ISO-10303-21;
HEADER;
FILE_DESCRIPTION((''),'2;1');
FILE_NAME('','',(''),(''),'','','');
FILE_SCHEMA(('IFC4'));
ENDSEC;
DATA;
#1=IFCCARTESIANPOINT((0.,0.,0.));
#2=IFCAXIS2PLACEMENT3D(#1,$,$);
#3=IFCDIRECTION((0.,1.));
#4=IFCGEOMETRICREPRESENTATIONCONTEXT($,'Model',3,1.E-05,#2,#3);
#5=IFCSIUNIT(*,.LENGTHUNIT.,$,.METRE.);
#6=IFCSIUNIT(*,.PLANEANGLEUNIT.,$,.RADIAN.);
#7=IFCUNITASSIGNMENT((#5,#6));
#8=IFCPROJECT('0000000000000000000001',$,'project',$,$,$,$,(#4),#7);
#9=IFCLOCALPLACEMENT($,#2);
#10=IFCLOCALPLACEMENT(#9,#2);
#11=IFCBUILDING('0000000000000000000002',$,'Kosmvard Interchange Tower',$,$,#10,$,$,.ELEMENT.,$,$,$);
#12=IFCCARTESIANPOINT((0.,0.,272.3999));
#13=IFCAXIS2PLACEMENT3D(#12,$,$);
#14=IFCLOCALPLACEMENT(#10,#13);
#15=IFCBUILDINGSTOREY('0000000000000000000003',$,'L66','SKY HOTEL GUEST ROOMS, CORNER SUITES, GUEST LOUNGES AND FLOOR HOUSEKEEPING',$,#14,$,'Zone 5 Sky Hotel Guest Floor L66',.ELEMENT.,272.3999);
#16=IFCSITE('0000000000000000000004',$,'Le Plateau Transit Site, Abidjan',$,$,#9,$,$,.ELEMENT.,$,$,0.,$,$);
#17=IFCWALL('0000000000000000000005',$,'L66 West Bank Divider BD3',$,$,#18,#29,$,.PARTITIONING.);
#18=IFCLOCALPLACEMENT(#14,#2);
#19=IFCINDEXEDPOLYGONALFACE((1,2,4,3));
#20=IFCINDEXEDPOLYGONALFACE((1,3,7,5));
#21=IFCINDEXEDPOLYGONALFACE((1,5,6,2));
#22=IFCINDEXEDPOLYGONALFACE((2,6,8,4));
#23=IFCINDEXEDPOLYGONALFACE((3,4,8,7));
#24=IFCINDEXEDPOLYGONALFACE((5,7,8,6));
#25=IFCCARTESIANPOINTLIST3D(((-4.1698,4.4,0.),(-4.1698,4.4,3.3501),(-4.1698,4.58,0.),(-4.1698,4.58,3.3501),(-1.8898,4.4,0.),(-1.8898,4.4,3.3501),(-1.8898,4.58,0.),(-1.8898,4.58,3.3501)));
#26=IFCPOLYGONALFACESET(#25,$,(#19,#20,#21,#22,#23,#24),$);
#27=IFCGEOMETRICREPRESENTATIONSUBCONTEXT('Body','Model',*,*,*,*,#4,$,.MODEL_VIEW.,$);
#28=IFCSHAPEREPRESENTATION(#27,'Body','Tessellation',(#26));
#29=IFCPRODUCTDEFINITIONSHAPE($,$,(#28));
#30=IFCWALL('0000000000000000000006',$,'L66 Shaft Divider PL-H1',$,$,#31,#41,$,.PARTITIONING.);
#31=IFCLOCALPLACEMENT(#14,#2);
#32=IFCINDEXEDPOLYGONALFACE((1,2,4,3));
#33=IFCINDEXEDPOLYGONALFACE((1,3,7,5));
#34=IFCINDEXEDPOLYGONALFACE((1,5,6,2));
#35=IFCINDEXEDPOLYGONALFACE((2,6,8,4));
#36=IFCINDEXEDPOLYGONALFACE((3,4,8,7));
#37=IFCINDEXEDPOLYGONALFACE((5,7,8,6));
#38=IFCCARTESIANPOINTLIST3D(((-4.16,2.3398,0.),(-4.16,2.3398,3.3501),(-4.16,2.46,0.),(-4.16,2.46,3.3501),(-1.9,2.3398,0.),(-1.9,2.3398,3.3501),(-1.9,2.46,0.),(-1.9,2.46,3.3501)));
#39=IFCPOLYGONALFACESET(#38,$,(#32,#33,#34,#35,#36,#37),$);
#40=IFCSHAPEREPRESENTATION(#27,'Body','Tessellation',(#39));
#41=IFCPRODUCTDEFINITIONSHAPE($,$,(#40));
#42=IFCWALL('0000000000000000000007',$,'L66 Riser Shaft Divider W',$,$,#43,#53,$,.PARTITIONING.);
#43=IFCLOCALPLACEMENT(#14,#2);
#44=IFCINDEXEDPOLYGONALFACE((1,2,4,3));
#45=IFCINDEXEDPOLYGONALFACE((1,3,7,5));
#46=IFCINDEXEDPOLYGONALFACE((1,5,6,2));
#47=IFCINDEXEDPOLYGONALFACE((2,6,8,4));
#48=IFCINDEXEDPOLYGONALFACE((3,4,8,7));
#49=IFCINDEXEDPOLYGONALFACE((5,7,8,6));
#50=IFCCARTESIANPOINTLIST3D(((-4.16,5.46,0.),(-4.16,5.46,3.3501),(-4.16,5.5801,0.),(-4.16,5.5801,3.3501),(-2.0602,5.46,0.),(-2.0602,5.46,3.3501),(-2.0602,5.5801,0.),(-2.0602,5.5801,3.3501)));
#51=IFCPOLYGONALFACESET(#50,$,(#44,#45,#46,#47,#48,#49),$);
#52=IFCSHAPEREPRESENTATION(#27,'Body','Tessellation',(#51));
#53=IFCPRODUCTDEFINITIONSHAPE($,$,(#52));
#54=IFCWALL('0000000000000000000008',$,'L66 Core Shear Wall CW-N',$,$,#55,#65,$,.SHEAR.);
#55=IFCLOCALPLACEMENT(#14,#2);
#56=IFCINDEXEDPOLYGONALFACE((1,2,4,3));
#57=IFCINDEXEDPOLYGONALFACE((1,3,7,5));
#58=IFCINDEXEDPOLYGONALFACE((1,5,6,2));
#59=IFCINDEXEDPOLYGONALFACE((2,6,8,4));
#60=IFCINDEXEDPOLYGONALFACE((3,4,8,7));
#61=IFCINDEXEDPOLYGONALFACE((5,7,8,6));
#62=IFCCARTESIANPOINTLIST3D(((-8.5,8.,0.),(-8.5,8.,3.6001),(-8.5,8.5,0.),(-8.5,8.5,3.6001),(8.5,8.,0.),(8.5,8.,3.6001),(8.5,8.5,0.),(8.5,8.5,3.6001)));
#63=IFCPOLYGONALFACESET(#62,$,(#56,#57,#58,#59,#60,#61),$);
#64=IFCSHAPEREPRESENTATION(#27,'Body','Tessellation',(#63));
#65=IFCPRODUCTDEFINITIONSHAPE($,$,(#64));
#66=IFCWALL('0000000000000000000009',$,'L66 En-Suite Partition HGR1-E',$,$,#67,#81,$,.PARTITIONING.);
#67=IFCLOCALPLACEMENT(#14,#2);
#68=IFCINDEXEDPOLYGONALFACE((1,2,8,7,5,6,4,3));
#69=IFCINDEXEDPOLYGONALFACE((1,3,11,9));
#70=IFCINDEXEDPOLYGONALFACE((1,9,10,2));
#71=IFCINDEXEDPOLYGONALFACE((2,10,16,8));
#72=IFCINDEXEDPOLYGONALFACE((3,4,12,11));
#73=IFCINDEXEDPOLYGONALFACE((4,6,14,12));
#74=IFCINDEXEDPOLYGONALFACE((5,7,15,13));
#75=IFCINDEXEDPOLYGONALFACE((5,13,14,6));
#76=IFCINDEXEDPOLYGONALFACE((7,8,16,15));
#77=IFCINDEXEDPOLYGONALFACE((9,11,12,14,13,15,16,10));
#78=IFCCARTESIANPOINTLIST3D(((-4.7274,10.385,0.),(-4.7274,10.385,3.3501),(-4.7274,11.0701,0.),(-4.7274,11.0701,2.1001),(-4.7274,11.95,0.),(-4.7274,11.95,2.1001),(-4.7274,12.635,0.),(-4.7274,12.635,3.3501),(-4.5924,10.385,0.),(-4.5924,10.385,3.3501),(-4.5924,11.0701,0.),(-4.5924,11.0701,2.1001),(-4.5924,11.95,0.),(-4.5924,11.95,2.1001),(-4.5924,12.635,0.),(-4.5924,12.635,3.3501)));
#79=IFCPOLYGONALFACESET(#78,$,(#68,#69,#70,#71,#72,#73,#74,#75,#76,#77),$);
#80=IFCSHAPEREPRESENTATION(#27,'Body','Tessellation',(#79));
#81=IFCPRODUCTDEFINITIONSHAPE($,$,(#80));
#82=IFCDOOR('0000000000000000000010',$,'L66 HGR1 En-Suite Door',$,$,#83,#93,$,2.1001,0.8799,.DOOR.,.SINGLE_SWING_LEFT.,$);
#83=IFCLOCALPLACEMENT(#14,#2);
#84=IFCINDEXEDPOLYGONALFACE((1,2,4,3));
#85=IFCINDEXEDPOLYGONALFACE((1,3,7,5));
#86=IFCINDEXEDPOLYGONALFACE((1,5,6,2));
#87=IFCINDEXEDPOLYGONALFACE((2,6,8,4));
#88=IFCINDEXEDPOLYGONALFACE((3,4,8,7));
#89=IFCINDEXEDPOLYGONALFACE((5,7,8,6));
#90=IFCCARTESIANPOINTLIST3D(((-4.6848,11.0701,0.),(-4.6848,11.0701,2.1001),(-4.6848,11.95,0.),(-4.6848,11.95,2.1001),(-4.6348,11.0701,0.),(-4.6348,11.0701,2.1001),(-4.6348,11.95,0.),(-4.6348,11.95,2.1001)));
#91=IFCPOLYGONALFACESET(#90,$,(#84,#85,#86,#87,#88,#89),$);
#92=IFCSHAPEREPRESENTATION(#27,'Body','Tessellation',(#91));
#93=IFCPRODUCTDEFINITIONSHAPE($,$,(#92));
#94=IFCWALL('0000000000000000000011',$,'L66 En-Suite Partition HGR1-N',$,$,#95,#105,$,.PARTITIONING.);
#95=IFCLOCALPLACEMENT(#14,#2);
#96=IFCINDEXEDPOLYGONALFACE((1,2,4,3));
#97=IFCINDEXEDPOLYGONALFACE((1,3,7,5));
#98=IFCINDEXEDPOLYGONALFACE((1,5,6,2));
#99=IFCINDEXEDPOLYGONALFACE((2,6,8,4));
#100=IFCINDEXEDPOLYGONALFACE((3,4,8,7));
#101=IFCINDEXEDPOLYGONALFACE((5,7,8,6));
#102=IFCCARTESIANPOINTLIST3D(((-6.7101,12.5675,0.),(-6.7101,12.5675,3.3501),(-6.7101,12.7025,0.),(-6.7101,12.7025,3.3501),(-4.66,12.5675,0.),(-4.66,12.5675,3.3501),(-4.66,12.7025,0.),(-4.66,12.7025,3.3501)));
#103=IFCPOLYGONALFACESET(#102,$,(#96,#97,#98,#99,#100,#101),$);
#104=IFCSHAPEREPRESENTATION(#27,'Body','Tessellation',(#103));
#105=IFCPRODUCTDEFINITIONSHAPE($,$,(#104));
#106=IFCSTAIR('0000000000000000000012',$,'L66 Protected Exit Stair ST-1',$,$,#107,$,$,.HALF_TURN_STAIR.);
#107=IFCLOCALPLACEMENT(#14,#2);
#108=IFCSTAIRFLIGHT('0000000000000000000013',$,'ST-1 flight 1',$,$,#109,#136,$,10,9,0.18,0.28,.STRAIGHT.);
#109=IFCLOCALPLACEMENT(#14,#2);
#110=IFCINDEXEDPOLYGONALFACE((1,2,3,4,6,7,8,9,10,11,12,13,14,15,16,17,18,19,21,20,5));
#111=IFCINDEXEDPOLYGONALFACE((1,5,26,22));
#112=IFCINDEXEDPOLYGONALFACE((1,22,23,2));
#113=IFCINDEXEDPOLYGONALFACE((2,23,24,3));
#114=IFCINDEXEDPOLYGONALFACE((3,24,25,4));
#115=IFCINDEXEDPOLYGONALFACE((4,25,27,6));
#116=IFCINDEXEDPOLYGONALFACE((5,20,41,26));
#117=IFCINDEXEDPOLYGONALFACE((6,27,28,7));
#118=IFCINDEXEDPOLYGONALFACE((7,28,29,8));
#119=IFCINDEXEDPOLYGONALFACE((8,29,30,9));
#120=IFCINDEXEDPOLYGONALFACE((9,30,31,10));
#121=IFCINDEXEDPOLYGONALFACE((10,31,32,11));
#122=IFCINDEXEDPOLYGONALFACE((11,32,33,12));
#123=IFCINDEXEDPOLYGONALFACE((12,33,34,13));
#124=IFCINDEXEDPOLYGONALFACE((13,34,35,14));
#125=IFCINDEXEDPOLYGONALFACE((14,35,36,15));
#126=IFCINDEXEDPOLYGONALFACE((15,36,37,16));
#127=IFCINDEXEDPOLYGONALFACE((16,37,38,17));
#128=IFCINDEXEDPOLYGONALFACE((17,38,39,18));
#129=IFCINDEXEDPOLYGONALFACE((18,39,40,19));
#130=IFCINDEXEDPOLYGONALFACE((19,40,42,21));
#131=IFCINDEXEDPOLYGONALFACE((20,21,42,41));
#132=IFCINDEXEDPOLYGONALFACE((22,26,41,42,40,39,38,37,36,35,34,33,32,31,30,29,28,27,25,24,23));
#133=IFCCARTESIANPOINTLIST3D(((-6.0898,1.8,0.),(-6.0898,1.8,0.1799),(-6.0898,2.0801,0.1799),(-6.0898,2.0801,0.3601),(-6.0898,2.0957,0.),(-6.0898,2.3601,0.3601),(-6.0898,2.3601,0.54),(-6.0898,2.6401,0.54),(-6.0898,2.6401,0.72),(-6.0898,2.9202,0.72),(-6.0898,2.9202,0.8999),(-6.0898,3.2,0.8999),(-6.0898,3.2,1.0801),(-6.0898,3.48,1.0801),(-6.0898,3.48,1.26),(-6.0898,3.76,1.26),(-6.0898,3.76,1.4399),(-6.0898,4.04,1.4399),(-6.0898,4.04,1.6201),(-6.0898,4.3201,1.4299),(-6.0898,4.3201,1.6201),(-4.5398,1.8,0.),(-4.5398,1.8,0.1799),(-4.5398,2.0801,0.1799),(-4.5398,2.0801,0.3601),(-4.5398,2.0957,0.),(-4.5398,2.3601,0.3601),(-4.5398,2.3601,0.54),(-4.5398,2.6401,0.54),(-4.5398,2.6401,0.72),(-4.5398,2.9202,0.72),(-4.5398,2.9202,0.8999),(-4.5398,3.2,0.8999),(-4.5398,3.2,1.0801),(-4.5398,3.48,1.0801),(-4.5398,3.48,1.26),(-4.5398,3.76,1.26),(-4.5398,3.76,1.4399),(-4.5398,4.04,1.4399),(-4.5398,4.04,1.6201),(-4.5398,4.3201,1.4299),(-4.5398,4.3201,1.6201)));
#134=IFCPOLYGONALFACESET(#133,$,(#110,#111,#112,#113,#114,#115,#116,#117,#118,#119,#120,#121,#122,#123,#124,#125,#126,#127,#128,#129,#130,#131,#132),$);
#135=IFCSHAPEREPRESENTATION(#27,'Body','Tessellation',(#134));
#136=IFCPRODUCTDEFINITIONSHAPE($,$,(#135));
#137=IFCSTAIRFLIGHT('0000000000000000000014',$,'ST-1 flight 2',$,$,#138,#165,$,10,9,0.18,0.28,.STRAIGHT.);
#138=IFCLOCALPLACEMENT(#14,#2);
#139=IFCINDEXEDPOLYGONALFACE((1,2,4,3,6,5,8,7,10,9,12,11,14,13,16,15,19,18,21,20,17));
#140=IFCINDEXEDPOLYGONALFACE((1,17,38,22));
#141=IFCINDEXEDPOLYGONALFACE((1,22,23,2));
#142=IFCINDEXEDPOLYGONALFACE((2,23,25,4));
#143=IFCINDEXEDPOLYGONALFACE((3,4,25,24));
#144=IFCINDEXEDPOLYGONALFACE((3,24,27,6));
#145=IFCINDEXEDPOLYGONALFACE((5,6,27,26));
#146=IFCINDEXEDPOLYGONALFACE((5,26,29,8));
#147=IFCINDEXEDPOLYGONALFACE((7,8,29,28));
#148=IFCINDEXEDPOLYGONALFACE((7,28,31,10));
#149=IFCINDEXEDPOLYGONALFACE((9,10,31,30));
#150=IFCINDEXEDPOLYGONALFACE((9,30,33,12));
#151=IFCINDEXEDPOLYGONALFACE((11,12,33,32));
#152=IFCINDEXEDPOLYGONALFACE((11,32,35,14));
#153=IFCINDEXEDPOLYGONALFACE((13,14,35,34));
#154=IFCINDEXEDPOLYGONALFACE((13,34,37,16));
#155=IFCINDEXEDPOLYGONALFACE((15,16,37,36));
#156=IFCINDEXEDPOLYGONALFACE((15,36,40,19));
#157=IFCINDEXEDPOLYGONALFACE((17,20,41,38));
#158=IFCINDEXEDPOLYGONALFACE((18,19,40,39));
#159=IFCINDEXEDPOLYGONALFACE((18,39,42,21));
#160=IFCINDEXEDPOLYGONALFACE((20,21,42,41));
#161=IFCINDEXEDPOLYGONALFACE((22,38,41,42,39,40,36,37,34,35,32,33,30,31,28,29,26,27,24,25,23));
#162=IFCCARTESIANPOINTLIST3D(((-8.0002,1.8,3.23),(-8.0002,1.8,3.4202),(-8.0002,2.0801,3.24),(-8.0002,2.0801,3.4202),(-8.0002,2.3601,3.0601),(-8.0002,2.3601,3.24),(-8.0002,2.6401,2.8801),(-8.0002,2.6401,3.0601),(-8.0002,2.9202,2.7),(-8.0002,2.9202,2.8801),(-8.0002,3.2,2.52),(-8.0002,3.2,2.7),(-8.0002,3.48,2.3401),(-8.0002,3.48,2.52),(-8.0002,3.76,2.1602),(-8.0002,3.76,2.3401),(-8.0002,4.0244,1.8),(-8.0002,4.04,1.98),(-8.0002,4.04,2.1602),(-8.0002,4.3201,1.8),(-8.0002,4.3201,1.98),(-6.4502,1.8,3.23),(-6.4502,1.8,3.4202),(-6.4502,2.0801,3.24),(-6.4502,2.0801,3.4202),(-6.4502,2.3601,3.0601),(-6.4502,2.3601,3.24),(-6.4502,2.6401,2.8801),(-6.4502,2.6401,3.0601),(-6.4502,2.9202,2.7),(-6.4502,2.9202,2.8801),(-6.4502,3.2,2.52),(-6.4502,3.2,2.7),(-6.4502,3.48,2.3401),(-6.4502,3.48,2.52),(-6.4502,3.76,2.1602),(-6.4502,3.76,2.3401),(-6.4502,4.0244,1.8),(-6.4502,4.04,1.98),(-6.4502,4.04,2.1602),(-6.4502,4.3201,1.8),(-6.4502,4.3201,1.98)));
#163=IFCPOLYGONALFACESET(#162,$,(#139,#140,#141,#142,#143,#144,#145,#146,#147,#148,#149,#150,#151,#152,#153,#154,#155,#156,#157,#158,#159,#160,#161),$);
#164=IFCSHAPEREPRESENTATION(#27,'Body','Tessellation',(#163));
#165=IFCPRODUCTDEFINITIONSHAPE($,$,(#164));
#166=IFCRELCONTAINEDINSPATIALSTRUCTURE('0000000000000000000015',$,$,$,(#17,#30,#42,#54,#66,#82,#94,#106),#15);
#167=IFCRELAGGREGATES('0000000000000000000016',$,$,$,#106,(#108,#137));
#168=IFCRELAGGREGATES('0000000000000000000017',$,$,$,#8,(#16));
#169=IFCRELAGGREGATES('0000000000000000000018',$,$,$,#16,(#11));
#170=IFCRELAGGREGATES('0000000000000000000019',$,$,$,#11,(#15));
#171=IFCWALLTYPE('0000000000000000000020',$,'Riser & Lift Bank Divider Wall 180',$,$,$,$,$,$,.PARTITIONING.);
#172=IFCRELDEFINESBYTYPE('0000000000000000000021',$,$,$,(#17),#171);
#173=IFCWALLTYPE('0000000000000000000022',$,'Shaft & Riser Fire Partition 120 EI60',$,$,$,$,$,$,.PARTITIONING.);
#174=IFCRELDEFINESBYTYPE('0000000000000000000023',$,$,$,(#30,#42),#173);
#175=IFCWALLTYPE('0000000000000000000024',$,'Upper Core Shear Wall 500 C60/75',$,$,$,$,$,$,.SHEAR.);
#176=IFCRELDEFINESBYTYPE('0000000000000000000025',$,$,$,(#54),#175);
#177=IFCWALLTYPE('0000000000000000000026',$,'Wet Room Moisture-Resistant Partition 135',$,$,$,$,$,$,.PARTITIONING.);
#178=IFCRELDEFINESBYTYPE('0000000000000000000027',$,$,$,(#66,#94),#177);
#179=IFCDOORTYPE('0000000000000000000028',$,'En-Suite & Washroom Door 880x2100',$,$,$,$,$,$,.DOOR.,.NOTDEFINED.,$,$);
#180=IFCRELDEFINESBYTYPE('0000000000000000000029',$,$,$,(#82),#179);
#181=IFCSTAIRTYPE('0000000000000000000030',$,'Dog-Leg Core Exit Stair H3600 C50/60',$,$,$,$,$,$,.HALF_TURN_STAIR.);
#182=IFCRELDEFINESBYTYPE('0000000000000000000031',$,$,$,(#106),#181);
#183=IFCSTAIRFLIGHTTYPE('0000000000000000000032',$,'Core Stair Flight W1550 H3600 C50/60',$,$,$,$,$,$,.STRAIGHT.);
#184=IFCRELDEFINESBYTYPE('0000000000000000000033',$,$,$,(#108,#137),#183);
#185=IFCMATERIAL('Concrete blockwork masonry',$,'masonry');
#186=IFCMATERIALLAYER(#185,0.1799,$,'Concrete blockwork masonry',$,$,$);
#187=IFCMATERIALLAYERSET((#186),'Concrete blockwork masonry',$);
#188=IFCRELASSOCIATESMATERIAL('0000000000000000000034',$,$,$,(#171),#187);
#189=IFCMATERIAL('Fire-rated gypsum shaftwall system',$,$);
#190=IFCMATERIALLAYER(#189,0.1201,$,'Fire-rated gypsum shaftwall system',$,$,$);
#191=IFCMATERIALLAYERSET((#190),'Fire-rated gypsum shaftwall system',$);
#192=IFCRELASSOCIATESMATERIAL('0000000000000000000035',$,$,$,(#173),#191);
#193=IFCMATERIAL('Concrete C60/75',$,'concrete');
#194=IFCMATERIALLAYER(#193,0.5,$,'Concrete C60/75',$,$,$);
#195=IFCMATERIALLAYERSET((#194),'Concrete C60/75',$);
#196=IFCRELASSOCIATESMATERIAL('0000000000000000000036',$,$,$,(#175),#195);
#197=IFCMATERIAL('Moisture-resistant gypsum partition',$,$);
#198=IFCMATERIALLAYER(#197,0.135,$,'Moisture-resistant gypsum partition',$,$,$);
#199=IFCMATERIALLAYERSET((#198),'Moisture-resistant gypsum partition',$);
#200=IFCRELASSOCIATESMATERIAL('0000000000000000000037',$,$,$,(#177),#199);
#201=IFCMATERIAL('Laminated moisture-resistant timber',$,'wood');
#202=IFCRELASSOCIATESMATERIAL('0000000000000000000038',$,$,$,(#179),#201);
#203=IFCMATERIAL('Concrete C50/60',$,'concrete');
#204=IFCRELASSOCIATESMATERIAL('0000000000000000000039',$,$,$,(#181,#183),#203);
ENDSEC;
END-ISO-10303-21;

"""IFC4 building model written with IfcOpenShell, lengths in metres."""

from ifc_helpers import new_model, si_unit, direction, frame, frame_2d, origin, place, context, subcontext, project, spatial, polyline, rectangle, outline, extrude, source, transform, mapped, material, layer, layer_set, type_object, element, fill, aggregate, save


model = new_model("IFC4")

# Units and contexts
model_context = context("Model", 3, precision=1e-05, world=origin(), true_north=direction((0.0, 1.0)))
body_context = subcontext(model_context, "Body", "Model", "MODEL_VIEW")
ifc_project = project(units=[si_unit("LENGTHUNIT", "METRE"), si_unit("PLANEANGLEUNIT", "RADIAN")], contexts=[model_context])

# Site, building, storey
site_placement = place(None, origin())
site = spatial("IfcSite", under=ifc_project, at=site_placement, Name="Le Plateau Transit Site, Abidjan", CompositionType="ELEMENT", RefElevation=0.0)
building_placement = place(site_placement, origin())
building = spatial("IfcBuilding", under=site, at=building_placement, Name="Kosmvard Interchange Tower", CompositionType="ELEMENT")
storey_placement = place(building_placement, frame((0.0, 0.0, 272.3999)))
storey = spatial("IfcBuildingStorey", under=building, at=storey_placement, Name="L66", Description="SKY HOTEL GUEST ROOMS, CORNER SUITES, GUEST LOUNGES AND FLOOR HOUSEKEEPING", LongName="Zone 5 Sky Hotel Guest Floor L66", CompositionType="ELEMENT", Elevation=272.3999)

# Shared definitions
ifc_material_1 = material(Name="Concrete C50/60", Category="concrete")

# Shared definitions
shared_shape_1 = source(origin(), body_context, "Body", "SweptSolid", [
    extrude(rectangle(XDim=0.8799, YDim=2.1001, at=frame_2d((0.4399, 1.05))), frame((0.0, 0.0249, 0.0), z_axis=(0.0, -1.0, 0.0), x_axis=(1.0, 0.0, 0.0)), (0.0, 0.0, 1.0), 0.05),
])

# Walls
ifc_material_2 = material(Name="Concrete blockwork masonry", Category="masonry")
ifc_layer_1 = layer(ifc_material_2, 0.1799, Name="Concrete blockwork masonry")
ifc_layer_set_1 = layer_set([ifc_layer_1], Name="Concrete blockwork masonry")
wall_type_1 = type_object("IfcWallType", Name="Riser & Lift Bank Divider Wall 180", PredefinedType="PARTITIONING", material=ifc_layer_set_1)
wall_1_placement = place(storey_placement, frame((-4.1699, 4.49, 0.0), z_axis=(0.0, 0.0, 1.0), x_axis=(1.0, 0.0, 0.0)))
element("IfcWall", 1, at=wall_1_placement, inside=storey, type_object=wall_type_1, Name="L66 West Bank Divider BD3", PredefinedType="PARTITIONING", context=body_context, shape_type="SweptSolid", body=[
    extrude(rectangle(XDim=2.28, YDim=0.1799, at=frame_2d((1.1401, 0.0))), origin(), (0.0, 0.0, 1.0), 3.3501),
])
ifc_material_3 = material(Name="Fire-rated gypsum shaftwall system")
ifc_layer_2 = layer(ifc_material_3, 0.1201, Name="Fire-rated gypsum shaftwall system")
ifc_layer_set_2 = layer_set([ifc_layer_2], Name="Fire-rated gypsum shaftwall system")
wall_type_2 = type_object("IfcWallType", Name="Shaft & Riser Fire Partition 120 EI60", PredefinedType="PARTITIONING", material=ifc_layer_set_2)
wall_2_placement = place(storey_placement, frame((-4.1599, 2.3999, 0.0), z_axis=(0.0, 0.0, 1.0), x_axis=(1.0, 0.0, 0.0)))
element("IfcWall", 2, at=wall_2_placement, inside=storey, type_object=wall_type_2, Name="L66 Shaft Divider PL-H1", PredefinedType="PARTITIONING", context=body_context, shape_type="SweptSolid", body=[
    extrude(rectangle(XDim=2.26, YDim=0.1201, at=frame_2d((1.1299, 0.0))), origin(), (0.0, 0.0, 1.0), 3.3501),
])
wall_3_placement = place(storey_placement, frame((-4.1599, 5.52, 0.0), z_axis=(0.0, 0.0, 1.0), x_axis=(1.0, 0.0, 0.0)))
element("IfcWall", 3, at=wall_3_placement, inside=storey, type_object=wall_type_2, Name="L66 Riser Shaft Divider W", PredefinedType="PARTITIONING", context=body_context, shape_type="SweptSolid", body=[
    extrude(rectangle(XDim=2.0999, YDim=0.1201, at=frame_2d((1.0498, 0.0))), origin(), (0.0, 0.0, 1.0), 3.3501),
])
ifc_material_4 = material(Name="Concrete C60/75", Category="concrete")
ifc_layer_3 = layer(ifc_material_4, 0.5, Name="Concrete C60/75")
ifc_layer_set_3 = layer_set([ifc_layer_3], Name="Concrete C60/75")
wall_type_3 = type_object("IfcWallType", Name="Upper Core Shear Wall 500 C60/75", PredefinedType="SHEAR", material=ifc_layer_set_3)
wall_4_placement = place(storey_placement, frame((-8.5, 8.25, 0.0), z_axis=(0.0, 0.0, 1.0), x_axis=(1.0, 0.0, 0.0)))
element("IfcWall", 4, at=wall_4_placement, inside=storey, type_object=wall_type_3, Name="L66 Core Shear Wall CW-N", PredefinedType="SHEAR", context=body_context, shape_type="SweptSolid", body=[
    extrude(rectangle(XDim=17.0, YDim=0.5, at=frame_2d((8.5, 0.0))), origin(), (0.0, 0.0, 1.0), 3.6001),
])

# Wall, opening, door
ifc_material_5 = material(Name="Moisture-resistant gypsum partition")
ifc_layer_4 = layer(ifc_material_5, 0.135, Name="Moisture-resistant gypsum partition")
ifc_layer_set_4 = layer_set([ifc_layer_4], Name="Moisture-resistant gypsum partition")
wall_type_4 = type_object("IfcWallType", Name="Wet Room Moisture-Resistant Partition 135", PredefinedType="PARTITIONING", material=ifc_layer_set_4)
wall_5_placement = place(storey_placement, frame((-4.6599, 10.385, 0.0), z_axis=(0.0, 0.0, 1.0), x_axis=(0.0, 1.0, 0.0)))
wall_5 = element("IfcWall", 5, at=wall_5_placement, inside=storey, type_object=wall_type_4, Name="L66 En-Suite Partition HGR1-E", PredefinedType="PARTITIONING", context=body_context, shape_type="SweptSolid", body=[
    extrude(rectangle(XDim=2.25, YDim=0.135, at=frame_2d((1.125, 0.0))), origin(), (0.0, 0.0, 1.0), 3.3501),
])
opening_1_placement = place(wall_5_placement, frame((0.6851, 0.0, 0.0)))
opening_1 = element("IfcOpeningElement", 6, at=opening_1_placement, cuts=wall_5, PredefinedType="OPENING", context=body_context, shape_type="SweptSolid", body=[
    extrude(rectangle(XDim=0.8799, YDim=2.1001, at=frame_2d((0.4399, 1.05))), frame((0.0, 0.0776, 0.0), z_axis=(0.0, -1.0, 0.0), x_axis=(1.0, 0.0, 0.0)), (0.0, 0.0, 1.0), 0.155),
])
ifc_material_6 = material(Name="Laminated moisture-resistant timber", Category="wood")
door_type_1 = type_object("IfcDoorType", Name="En-Suite & Washroom Door 880x2100", OperationType="NOTDEFINED", PredefinedType="DOOR", material=ifc_material_6)
door_1_placement = place(opening_1_placement, origin())
door_1 = element("IfcDoor", 7, at=door_1_placement, inside=storey, type_object=door_type_1, Name="L66 HGR1 En-Suite Door", OperationType="SINGLE_SWING_LEFT", OverallHeight=2.1001, OverallWidth=0.8799, PredefinedType="DOOR", context=body_context, shape_type="MappedRepresentation", body=[
    mapped(shared_shape_1, transform((0.0, 0.0, 0.0), scale=1.0)),
])
fill(opening_1, door_1)

# Wall
wall_6_placement = place(storey_placement, frame((-6.71, 12.635, 0.0), z_axis=(0.0, 0.0, 1.0), x_axis=(1.0, 0.0, 0.0)))
element("IfcWall", 8, at=wall_6_placement, inside=storey, type_object=wall_type_4, Name="L66 En-Suite Partition HGR1-N", PredefinedType="PARTITIONING", context=body_context, shape_type="SweptSolid", body=[
    extrude(rectangle(XDim=2.05, YDim=0.135, at=frame_2d((1.0249, 0.0))), origin(), (0.0, 0.0, 1.0), 3.3501),
])

# Stair, stair flights
stair_type = type_object("IfcStairType", Name="Dog-Leg Core Exit Stair H3600 C50/60", PredefinedType="HALF_TURN_STAIR", material=ifc_material_1)
stair_placement = place(storey_placement, origin())
stair = element("IfcStair", 9, at=stair_placement, inside=storey, type_object=stair_type, Name="L66 Protected Exit Stair ST-1", PredefinedType="HALF_TURN_STAIR")
stair_flight_type = type_object("IfcStairFlightType", Name="Core Stair Flight W1550 H3600 C50/60", PredefinedType="STRAIGHT", material=ifc_material_1)
shared_shape_2 = source(origin(), body_context, "Body", "SweptSolid", [
    extrude(outline(polyline([(0.0, 0.0), (0.0, 0.1799), (0.28, 0.1799), (0.28, 0.3601), (0.5601, 0.3601), (0.5601, 0.54), (0.8401, 0.54), (0.8401, 0.72), (1.1201, 0.72), (1.1201, 0.8999), (1.3999, 0.8999), (1.3999, 1.0801), (1.6799, 1.0801), (1.6799, 1.26), (1.96, 1.26), (1.96, 1.4399), (2.24, 1.4399), (2.24, 1.6201), (2.52, 1.6201), (2.52, 1.8), (2.52, 1.4299), (0.2957, 0.0), (0.0, 0.0)])), frame((0.0, 0.7749, 0.0), z_axis=(0.0, -1.0, 0.0), x_axis=(1.0, 0.0, 0.0)), (0.0, 0.0, 1.0), 1.55),
])
stair_flight_1_placement = place(storey_placement, frame((-5.3149, 1.8, 0.0), z_axis=(0.0, 0.0, 1.0), x_axis=(0.0, 1.0, 0.0)))
stair_flight_1 = element("IfcStairFlight", 10, at=stair_flight_1_placement, type_object=stair_flight_type, Name="ST-1 flight 1", NumberOfRisers=10, NumberOfTreads=9, PredefinedType="STRAIGHT", RiserHeight=0.18, TreadLength=0.28, context=body_context, shape_type="MappedRepresentation", body=[
    mapped(shared_shape_2, transform((0.0, 0.0, 0.0), scale=1.0)),
])
stair_flight_2_placement = place(storey_placement, frame((-7.2251, 4.3201, 1.8), z_axis=(0.0, 0.0, 1.0), x_axis=(0.0, -1.0, 0.0)))
stair_flight_2 = element("IfcStairFlight", 11, at=stair_flight_2_placement, type_object=stair_flight_type, Name="ST-1 flight 2", NumberOfRisers=10, NumberOfTreads=9, PredefinedType="STRAIGHT", RiserHeight=0.18, TreadLength=0.28, context=body_context, shape_type="MappedRepresentation", body=[
    mapped(shared_shape_2, transform((0.0, 0.0, 0.0), scale=1.0)),
])
aggregate(stair, [stair_flight_1, stair_flight_2])

save(model, "model.ifc")
